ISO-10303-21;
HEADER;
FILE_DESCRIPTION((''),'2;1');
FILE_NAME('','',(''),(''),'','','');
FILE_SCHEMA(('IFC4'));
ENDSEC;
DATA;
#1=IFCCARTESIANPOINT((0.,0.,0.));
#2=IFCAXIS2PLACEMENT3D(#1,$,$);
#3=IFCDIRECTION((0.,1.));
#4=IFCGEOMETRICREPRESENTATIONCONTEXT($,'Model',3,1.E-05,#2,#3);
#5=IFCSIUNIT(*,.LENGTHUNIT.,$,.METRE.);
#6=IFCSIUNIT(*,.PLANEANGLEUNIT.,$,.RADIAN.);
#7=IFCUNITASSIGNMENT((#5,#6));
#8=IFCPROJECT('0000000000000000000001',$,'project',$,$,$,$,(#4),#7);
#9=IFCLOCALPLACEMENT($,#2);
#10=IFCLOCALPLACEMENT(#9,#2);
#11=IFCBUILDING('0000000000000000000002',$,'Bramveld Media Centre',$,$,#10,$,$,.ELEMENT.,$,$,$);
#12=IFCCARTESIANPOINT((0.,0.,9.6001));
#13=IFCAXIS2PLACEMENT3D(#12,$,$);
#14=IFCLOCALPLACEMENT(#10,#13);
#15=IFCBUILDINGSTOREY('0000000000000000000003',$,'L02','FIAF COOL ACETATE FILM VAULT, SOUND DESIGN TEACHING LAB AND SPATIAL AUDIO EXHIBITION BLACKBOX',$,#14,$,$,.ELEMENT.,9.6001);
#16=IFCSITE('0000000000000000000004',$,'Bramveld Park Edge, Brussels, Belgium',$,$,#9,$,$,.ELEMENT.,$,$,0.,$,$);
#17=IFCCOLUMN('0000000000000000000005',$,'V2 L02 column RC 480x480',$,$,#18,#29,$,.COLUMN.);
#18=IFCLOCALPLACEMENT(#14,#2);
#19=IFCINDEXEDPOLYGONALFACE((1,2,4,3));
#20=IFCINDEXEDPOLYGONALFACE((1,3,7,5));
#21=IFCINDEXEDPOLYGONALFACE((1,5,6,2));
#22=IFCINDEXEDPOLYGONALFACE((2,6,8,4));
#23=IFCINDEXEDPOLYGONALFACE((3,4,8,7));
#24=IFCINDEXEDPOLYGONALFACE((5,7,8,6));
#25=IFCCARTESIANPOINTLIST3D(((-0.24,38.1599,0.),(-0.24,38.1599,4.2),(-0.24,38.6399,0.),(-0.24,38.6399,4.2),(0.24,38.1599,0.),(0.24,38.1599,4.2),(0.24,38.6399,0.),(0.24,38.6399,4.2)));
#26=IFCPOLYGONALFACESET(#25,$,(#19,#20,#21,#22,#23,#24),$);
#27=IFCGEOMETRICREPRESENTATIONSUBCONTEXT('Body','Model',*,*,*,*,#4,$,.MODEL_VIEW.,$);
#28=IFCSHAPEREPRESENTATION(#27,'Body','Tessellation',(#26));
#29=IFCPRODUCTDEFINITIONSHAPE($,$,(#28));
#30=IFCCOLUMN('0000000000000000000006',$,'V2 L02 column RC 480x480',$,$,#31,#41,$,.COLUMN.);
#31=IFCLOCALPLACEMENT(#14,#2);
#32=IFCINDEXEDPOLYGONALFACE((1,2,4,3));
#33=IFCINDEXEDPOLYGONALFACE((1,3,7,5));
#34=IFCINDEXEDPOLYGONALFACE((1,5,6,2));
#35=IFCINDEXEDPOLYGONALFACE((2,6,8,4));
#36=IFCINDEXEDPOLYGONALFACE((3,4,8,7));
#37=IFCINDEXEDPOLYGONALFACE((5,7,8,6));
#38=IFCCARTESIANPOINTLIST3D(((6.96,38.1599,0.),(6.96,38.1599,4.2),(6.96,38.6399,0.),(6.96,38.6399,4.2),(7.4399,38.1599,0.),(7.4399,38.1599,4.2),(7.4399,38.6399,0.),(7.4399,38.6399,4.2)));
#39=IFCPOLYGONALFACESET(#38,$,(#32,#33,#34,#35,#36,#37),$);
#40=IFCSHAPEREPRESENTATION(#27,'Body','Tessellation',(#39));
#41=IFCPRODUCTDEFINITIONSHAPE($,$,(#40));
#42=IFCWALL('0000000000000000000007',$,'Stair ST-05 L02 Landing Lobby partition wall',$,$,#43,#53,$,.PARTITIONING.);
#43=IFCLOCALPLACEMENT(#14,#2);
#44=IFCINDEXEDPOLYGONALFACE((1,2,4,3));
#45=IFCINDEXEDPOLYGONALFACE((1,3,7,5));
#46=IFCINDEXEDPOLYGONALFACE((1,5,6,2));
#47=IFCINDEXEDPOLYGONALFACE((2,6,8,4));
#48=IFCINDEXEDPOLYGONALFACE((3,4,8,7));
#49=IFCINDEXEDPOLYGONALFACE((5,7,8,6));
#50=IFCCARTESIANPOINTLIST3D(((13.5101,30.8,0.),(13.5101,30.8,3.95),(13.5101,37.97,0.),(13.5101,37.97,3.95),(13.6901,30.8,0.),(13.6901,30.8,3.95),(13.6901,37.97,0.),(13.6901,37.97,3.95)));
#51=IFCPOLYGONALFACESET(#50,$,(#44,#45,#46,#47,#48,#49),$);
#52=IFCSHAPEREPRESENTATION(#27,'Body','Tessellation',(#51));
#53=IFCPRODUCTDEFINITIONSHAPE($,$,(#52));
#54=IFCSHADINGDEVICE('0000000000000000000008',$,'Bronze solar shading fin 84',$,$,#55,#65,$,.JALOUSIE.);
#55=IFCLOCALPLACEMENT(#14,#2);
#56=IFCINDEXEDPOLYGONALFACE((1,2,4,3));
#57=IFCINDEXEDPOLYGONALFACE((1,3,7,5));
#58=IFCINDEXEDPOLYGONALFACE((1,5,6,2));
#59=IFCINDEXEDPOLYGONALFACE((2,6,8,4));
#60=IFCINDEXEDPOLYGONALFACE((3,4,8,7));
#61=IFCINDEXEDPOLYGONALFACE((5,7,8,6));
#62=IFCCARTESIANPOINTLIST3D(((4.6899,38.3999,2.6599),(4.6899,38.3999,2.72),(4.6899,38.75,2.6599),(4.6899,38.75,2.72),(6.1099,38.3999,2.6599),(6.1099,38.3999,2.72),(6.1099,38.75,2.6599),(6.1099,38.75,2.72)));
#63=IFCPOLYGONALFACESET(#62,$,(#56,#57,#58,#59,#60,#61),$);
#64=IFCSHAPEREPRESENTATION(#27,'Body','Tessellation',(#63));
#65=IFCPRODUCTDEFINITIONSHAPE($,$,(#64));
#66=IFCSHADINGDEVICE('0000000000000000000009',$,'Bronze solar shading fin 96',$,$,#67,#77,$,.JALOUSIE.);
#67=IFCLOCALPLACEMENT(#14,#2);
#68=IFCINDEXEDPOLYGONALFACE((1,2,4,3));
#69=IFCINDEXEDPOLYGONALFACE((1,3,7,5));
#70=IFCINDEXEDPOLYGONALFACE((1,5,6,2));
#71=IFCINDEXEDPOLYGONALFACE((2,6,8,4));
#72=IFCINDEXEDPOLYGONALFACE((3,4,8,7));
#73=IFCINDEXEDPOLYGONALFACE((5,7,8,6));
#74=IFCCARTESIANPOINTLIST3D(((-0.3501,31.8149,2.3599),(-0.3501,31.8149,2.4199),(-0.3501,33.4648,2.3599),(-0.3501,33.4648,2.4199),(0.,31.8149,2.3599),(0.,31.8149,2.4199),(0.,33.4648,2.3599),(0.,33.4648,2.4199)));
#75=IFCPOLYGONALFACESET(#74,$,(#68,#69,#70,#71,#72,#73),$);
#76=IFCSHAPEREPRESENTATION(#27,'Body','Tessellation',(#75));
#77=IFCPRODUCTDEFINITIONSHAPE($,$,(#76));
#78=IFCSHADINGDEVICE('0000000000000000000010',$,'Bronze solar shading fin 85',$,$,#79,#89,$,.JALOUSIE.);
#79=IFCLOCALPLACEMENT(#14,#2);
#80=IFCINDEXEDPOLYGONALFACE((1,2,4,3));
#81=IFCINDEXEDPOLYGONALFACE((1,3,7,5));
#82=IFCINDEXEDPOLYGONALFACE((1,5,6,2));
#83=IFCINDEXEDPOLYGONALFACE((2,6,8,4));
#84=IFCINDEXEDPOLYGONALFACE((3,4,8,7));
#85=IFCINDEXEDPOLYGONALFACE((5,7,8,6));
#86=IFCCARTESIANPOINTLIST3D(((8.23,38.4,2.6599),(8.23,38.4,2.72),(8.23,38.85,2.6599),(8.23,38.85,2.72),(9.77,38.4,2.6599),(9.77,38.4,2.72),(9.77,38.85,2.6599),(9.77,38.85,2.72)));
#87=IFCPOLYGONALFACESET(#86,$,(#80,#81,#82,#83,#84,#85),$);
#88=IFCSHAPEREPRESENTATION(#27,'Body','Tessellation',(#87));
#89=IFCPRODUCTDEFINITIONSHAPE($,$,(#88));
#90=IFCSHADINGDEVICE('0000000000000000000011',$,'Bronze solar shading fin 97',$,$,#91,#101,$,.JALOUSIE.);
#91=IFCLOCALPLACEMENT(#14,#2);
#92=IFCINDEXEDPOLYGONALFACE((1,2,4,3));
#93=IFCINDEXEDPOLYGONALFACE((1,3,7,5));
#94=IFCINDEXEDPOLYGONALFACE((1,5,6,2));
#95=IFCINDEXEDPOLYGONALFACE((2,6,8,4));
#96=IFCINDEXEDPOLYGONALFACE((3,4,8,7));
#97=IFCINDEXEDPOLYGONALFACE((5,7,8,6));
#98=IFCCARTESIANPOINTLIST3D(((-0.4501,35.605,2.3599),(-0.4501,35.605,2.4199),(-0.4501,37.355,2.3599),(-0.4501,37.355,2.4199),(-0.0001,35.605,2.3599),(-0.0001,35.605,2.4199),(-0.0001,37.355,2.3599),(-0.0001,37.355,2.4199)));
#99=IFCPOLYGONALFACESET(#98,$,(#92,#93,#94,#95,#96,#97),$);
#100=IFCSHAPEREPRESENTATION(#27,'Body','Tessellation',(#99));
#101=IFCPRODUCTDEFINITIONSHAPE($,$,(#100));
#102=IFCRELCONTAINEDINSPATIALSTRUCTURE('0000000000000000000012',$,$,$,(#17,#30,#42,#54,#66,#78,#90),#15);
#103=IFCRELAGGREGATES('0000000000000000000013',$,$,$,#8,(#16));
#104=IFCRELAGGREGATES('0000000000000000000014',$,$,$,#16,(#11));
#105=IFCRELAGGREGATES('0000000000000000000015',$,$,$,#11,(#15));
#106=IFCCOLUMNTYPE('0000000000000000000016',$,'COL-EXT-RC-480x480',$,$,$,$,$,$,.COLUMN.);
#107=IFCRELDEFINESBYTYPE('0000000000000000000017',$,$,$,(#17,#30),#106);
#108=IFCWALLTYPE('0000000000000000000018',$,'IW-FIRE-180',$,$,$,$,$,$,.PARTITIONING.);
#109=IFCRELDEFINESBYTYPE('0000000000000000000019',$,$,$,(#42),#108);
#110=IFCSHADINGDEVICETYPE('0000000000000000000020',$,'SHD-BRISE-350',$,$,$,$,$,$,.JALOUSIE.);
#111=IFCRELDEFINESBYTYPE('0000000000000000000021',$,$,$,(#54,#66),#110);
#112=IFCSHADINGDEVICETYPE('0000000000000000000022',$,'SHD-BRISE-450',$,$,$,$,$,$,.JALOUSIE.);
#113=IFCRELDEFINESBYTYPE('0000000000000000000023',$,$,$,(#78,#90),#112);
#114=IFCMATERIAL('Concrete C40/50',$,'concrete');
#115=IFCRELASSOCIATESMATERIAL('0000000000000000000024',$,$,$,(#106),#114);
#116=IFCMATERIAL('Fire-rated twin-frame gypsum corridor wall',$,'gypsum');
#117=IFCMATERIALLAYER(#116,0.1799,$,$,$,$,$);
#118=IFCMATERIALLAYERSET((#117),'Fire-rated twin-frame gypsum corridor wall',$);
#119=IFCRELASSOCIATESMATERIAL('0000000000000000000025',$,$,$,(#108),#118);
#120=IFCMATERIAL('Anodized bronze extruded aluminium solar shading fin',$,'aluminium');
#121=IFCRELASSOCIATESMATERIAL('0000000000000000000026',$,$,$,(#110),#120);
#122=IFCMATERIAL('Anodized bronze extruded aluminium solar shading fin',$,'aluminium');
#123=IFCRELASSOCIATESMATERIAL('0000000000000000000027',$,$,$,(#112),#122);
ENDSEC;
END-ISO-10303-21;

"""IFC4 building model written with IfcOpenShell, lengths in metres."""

from ifc_helpers import new_model, si_unit, direction, frame, frame_2d, origin, origin_2d, place, context, subcontext, project, spatial, rectangle, extrude, material, layer, layer_set, material_profile, profile_set, type_object, element, save


model = new_model("IFC4")

# Units and contexts
model_context = context("Model", 3, precision=1e-05, world=origin(), true_north=direction((0.0, 1.0)))
body_context = subcontext(model_context, "Body", "Model", "MODEL_VIEW")
ifc_project = project(units=[si_unit("LENGTHUNIT", "METRE"), si_unit("PLANEANGLEUNIT", "RADIAN")], contexts=[model_context])

# Site, building, storey
site_placement = place(None, origin())
site = spatial("IfcSite", under=ifc_project, at=site_placement, Name="Bramveld Park Edge, Brussels, Belgium", CompositionType="ELEMENT", RefElevation=0.0)
building_placement = place(site_placement, origin())
building = spatial("IfcBuilding", under=site, at=building_placement, Name="Bramveld Media Centre", CompositionType="ELEMENT")
storey_placement = place(building_placement, frame((0.0, 0.0, 9.6001)))
storey = spatial("IfcBuildingStorey", under=building, at=storey_placement, Name="L02", Description="FIAF COOL ACETATE FILM VAULT, SOUND DESIGN TEACHING LAB AND SPATIAL AUDIO EXHIBITION BLACKBOX", CompositionType="ELEMENT", Elevation=9.6001)

# Columns
ifc_material_1 = material(Name="Concrete C40/50", Category="concrete")
ifc_material_profile = material_profile(ifc_material_1, rectangle(XDim=0.48, YDim=0.48, at=origin_2d()), Name="RC 480x480")
ifc_profile_set = profile_set([ifc_material_profile], Name="Concrete C40/50")
column_type = type_object("IfcColumnType", Name="COL-EXT-RC-480x480", PredefinedType="COLUMN", material=ifc_profile_set)
for number, where, z_axis, x_axis, name in (
    (1, (0.0, 38.3999, 0.0), (0.0, 0.0, 1.0), (1.0, 0.0, 0.0), "V2 L02 column RC 480x480"),
    (2, (7.2, 38.3999, 0.0), (0.0, 0.0, 1.0), (1.0, 0.0, 0.0), "V2 L02 column RC 480x480"),
):
    element("IfcColumn", number, at=place(storey_placement, frame(where, z_axis=z_axis, x_axis=x_axis)), inside=storey, type_object=column_type, Name=name, PredefinedType="COLUMN", context=body_context, shape_type="SweptSolid", body=[
        extrude(rectangle(XDim=0.48, YDim=0.48, at=origin_2d()), origin(), (0.0, 0.0, 1.0), 4.2),
    ])

# Wall
ifc_material_2 = material(Name="Fire-rated twin-frame gypsum corridor wall", Category="gypsum")
ifc_layer_1 = layer(ifc_material_2, 0.1799)
ifc_layer_set_1 = layer_set([ifc_layer_1], Name="Fire-rated twin-frame gypsum corridor wall")
wall_type_1 = type_object("IfcWallType", Name="IW-FIRE-180", PredefinedType="PARTITIONING", material=ifc_layer_set_1)
wall_1_placement = place(storey_placement, frame((13.6001, 30.8, 0.0), z_axis=(0.0, 0.0, 1.0), x_axis=(0.0, 1.0, 0.0)))
element("IfcWall", 3, at=wall_1_placement, inside=storey, type_object=wall_type_1, Name="Stair ST-05 L02 Landing Lobby partition wall", PredefinedType="PARTITIONING", context=body_context, shape_type="SweptSolid", body=[
    extrude(rectangle(XDim=7.1699, YDim=0.1799, at=frame_2d((3.585, 0.0))), origin(), (0.0, 0.0, 1.0), 3.95),
])

# Shading devices
ifc_material_3 = material(Name="Anodized bronze extruded aluminium solar shading fin", Category="aluminium")
shading_device_type_1 = type_object("IfcShadingDeviceType", Name="SHD-BRISE-350", PredefinedType="JALOUSIE", material=ifc_material_3)
shading_device_1_placement = place(storey_placement, frame((5.3999, 38.575, 2.6599), z_axis=(0.0, 0.0, 1.0), x_axis=(1.0, 0.0, 0.0)))
element("IfcShadingDevice", 4, at=shading_device_1_placement, inside=storey, type_object=shading_device_type_1, Name="Bronze solar shading fin 84", PredefinedType="JALOUSIE", context=body_context, shape_type="SweptSolid", body=[
    extrude(rectangle(XDim=1.4199, YDim=0.3501, at=origin_2d()), origin(), (0.0, 0.0, 1.0), 0.0601),
])
shading_device_2_placement = place(storey_placement, frame((-0.175, 32.6399, 2.3599), z_axis=(0.0, 0.0, 1.0), x_axis=(1.0, 0.0, 0.0)))
element("IfcShadingDevice", 5, at=shading_device_2_placement, inside=storey, type_object=shading_device_type_1, Name="Bronze solar shading fin 96", PredefinedType="JALOUSIE", context=body_context, shape_type="SweptSolid", body=[
    extrude(rectangle(XDim=0.3501, YDim=1.6499, at=origin_2d()), origin(), (0.0, 0.0, 1.0), 0.0601),
])
ifc_material_4 = material(Name="Anodized bronze extruded aluminium solar shading fin", Category="aluminium")
shading_device_type_2 = type_object("IfcShadingDeviceType", Name="SHD-BRISE-450", PredefinedType="JALOUSIE", material=ifc_material_4)
shading_device_3_placement = place(storey_placement, frame((9.0, 38.625, 2.6599), z_axis=(0.0, 0.0, 1.0), x_axis=(1.0, 0.0, 0.0)))
element("IfcShadingDevice", 6, at=shading_device_3_placement, inside=storey, type_object=shading_device_type_2, Name="Bronze solar shading fin 85", PredefinedType="JALOUSIE", context=body_context, shape_type="SweptSolid", body=[
    extrude(rectangle(XDim=1.54, YDim=0.45, at=origin_2d()), origin(), (0.0, 0.0, 1.0), 0.0601),
])
shading_device_4_placement = place(storey_placement, frame((-0.2251, 36.48, 2.3599), z_axis=(0.0, 0.0, 1.0), x_axis=(1.0, 0.0, 0.0)))
element("IfcShadingDevice", 7, at=shading_device_4_placement, inside=storey, type_object=shading_device_type_2, Name="Bronze solar shading fin 97", PredefinedType="JALOUSIE", context=body_context, shape_type="SweptSolid", body=[
    extrude(rectangle(XDim=0.45, YDim=1.75, at=origin_2d()), origin(), (0.0, 0.0, 1.0), 0.0601),
])

save(model, "model.ifc")
